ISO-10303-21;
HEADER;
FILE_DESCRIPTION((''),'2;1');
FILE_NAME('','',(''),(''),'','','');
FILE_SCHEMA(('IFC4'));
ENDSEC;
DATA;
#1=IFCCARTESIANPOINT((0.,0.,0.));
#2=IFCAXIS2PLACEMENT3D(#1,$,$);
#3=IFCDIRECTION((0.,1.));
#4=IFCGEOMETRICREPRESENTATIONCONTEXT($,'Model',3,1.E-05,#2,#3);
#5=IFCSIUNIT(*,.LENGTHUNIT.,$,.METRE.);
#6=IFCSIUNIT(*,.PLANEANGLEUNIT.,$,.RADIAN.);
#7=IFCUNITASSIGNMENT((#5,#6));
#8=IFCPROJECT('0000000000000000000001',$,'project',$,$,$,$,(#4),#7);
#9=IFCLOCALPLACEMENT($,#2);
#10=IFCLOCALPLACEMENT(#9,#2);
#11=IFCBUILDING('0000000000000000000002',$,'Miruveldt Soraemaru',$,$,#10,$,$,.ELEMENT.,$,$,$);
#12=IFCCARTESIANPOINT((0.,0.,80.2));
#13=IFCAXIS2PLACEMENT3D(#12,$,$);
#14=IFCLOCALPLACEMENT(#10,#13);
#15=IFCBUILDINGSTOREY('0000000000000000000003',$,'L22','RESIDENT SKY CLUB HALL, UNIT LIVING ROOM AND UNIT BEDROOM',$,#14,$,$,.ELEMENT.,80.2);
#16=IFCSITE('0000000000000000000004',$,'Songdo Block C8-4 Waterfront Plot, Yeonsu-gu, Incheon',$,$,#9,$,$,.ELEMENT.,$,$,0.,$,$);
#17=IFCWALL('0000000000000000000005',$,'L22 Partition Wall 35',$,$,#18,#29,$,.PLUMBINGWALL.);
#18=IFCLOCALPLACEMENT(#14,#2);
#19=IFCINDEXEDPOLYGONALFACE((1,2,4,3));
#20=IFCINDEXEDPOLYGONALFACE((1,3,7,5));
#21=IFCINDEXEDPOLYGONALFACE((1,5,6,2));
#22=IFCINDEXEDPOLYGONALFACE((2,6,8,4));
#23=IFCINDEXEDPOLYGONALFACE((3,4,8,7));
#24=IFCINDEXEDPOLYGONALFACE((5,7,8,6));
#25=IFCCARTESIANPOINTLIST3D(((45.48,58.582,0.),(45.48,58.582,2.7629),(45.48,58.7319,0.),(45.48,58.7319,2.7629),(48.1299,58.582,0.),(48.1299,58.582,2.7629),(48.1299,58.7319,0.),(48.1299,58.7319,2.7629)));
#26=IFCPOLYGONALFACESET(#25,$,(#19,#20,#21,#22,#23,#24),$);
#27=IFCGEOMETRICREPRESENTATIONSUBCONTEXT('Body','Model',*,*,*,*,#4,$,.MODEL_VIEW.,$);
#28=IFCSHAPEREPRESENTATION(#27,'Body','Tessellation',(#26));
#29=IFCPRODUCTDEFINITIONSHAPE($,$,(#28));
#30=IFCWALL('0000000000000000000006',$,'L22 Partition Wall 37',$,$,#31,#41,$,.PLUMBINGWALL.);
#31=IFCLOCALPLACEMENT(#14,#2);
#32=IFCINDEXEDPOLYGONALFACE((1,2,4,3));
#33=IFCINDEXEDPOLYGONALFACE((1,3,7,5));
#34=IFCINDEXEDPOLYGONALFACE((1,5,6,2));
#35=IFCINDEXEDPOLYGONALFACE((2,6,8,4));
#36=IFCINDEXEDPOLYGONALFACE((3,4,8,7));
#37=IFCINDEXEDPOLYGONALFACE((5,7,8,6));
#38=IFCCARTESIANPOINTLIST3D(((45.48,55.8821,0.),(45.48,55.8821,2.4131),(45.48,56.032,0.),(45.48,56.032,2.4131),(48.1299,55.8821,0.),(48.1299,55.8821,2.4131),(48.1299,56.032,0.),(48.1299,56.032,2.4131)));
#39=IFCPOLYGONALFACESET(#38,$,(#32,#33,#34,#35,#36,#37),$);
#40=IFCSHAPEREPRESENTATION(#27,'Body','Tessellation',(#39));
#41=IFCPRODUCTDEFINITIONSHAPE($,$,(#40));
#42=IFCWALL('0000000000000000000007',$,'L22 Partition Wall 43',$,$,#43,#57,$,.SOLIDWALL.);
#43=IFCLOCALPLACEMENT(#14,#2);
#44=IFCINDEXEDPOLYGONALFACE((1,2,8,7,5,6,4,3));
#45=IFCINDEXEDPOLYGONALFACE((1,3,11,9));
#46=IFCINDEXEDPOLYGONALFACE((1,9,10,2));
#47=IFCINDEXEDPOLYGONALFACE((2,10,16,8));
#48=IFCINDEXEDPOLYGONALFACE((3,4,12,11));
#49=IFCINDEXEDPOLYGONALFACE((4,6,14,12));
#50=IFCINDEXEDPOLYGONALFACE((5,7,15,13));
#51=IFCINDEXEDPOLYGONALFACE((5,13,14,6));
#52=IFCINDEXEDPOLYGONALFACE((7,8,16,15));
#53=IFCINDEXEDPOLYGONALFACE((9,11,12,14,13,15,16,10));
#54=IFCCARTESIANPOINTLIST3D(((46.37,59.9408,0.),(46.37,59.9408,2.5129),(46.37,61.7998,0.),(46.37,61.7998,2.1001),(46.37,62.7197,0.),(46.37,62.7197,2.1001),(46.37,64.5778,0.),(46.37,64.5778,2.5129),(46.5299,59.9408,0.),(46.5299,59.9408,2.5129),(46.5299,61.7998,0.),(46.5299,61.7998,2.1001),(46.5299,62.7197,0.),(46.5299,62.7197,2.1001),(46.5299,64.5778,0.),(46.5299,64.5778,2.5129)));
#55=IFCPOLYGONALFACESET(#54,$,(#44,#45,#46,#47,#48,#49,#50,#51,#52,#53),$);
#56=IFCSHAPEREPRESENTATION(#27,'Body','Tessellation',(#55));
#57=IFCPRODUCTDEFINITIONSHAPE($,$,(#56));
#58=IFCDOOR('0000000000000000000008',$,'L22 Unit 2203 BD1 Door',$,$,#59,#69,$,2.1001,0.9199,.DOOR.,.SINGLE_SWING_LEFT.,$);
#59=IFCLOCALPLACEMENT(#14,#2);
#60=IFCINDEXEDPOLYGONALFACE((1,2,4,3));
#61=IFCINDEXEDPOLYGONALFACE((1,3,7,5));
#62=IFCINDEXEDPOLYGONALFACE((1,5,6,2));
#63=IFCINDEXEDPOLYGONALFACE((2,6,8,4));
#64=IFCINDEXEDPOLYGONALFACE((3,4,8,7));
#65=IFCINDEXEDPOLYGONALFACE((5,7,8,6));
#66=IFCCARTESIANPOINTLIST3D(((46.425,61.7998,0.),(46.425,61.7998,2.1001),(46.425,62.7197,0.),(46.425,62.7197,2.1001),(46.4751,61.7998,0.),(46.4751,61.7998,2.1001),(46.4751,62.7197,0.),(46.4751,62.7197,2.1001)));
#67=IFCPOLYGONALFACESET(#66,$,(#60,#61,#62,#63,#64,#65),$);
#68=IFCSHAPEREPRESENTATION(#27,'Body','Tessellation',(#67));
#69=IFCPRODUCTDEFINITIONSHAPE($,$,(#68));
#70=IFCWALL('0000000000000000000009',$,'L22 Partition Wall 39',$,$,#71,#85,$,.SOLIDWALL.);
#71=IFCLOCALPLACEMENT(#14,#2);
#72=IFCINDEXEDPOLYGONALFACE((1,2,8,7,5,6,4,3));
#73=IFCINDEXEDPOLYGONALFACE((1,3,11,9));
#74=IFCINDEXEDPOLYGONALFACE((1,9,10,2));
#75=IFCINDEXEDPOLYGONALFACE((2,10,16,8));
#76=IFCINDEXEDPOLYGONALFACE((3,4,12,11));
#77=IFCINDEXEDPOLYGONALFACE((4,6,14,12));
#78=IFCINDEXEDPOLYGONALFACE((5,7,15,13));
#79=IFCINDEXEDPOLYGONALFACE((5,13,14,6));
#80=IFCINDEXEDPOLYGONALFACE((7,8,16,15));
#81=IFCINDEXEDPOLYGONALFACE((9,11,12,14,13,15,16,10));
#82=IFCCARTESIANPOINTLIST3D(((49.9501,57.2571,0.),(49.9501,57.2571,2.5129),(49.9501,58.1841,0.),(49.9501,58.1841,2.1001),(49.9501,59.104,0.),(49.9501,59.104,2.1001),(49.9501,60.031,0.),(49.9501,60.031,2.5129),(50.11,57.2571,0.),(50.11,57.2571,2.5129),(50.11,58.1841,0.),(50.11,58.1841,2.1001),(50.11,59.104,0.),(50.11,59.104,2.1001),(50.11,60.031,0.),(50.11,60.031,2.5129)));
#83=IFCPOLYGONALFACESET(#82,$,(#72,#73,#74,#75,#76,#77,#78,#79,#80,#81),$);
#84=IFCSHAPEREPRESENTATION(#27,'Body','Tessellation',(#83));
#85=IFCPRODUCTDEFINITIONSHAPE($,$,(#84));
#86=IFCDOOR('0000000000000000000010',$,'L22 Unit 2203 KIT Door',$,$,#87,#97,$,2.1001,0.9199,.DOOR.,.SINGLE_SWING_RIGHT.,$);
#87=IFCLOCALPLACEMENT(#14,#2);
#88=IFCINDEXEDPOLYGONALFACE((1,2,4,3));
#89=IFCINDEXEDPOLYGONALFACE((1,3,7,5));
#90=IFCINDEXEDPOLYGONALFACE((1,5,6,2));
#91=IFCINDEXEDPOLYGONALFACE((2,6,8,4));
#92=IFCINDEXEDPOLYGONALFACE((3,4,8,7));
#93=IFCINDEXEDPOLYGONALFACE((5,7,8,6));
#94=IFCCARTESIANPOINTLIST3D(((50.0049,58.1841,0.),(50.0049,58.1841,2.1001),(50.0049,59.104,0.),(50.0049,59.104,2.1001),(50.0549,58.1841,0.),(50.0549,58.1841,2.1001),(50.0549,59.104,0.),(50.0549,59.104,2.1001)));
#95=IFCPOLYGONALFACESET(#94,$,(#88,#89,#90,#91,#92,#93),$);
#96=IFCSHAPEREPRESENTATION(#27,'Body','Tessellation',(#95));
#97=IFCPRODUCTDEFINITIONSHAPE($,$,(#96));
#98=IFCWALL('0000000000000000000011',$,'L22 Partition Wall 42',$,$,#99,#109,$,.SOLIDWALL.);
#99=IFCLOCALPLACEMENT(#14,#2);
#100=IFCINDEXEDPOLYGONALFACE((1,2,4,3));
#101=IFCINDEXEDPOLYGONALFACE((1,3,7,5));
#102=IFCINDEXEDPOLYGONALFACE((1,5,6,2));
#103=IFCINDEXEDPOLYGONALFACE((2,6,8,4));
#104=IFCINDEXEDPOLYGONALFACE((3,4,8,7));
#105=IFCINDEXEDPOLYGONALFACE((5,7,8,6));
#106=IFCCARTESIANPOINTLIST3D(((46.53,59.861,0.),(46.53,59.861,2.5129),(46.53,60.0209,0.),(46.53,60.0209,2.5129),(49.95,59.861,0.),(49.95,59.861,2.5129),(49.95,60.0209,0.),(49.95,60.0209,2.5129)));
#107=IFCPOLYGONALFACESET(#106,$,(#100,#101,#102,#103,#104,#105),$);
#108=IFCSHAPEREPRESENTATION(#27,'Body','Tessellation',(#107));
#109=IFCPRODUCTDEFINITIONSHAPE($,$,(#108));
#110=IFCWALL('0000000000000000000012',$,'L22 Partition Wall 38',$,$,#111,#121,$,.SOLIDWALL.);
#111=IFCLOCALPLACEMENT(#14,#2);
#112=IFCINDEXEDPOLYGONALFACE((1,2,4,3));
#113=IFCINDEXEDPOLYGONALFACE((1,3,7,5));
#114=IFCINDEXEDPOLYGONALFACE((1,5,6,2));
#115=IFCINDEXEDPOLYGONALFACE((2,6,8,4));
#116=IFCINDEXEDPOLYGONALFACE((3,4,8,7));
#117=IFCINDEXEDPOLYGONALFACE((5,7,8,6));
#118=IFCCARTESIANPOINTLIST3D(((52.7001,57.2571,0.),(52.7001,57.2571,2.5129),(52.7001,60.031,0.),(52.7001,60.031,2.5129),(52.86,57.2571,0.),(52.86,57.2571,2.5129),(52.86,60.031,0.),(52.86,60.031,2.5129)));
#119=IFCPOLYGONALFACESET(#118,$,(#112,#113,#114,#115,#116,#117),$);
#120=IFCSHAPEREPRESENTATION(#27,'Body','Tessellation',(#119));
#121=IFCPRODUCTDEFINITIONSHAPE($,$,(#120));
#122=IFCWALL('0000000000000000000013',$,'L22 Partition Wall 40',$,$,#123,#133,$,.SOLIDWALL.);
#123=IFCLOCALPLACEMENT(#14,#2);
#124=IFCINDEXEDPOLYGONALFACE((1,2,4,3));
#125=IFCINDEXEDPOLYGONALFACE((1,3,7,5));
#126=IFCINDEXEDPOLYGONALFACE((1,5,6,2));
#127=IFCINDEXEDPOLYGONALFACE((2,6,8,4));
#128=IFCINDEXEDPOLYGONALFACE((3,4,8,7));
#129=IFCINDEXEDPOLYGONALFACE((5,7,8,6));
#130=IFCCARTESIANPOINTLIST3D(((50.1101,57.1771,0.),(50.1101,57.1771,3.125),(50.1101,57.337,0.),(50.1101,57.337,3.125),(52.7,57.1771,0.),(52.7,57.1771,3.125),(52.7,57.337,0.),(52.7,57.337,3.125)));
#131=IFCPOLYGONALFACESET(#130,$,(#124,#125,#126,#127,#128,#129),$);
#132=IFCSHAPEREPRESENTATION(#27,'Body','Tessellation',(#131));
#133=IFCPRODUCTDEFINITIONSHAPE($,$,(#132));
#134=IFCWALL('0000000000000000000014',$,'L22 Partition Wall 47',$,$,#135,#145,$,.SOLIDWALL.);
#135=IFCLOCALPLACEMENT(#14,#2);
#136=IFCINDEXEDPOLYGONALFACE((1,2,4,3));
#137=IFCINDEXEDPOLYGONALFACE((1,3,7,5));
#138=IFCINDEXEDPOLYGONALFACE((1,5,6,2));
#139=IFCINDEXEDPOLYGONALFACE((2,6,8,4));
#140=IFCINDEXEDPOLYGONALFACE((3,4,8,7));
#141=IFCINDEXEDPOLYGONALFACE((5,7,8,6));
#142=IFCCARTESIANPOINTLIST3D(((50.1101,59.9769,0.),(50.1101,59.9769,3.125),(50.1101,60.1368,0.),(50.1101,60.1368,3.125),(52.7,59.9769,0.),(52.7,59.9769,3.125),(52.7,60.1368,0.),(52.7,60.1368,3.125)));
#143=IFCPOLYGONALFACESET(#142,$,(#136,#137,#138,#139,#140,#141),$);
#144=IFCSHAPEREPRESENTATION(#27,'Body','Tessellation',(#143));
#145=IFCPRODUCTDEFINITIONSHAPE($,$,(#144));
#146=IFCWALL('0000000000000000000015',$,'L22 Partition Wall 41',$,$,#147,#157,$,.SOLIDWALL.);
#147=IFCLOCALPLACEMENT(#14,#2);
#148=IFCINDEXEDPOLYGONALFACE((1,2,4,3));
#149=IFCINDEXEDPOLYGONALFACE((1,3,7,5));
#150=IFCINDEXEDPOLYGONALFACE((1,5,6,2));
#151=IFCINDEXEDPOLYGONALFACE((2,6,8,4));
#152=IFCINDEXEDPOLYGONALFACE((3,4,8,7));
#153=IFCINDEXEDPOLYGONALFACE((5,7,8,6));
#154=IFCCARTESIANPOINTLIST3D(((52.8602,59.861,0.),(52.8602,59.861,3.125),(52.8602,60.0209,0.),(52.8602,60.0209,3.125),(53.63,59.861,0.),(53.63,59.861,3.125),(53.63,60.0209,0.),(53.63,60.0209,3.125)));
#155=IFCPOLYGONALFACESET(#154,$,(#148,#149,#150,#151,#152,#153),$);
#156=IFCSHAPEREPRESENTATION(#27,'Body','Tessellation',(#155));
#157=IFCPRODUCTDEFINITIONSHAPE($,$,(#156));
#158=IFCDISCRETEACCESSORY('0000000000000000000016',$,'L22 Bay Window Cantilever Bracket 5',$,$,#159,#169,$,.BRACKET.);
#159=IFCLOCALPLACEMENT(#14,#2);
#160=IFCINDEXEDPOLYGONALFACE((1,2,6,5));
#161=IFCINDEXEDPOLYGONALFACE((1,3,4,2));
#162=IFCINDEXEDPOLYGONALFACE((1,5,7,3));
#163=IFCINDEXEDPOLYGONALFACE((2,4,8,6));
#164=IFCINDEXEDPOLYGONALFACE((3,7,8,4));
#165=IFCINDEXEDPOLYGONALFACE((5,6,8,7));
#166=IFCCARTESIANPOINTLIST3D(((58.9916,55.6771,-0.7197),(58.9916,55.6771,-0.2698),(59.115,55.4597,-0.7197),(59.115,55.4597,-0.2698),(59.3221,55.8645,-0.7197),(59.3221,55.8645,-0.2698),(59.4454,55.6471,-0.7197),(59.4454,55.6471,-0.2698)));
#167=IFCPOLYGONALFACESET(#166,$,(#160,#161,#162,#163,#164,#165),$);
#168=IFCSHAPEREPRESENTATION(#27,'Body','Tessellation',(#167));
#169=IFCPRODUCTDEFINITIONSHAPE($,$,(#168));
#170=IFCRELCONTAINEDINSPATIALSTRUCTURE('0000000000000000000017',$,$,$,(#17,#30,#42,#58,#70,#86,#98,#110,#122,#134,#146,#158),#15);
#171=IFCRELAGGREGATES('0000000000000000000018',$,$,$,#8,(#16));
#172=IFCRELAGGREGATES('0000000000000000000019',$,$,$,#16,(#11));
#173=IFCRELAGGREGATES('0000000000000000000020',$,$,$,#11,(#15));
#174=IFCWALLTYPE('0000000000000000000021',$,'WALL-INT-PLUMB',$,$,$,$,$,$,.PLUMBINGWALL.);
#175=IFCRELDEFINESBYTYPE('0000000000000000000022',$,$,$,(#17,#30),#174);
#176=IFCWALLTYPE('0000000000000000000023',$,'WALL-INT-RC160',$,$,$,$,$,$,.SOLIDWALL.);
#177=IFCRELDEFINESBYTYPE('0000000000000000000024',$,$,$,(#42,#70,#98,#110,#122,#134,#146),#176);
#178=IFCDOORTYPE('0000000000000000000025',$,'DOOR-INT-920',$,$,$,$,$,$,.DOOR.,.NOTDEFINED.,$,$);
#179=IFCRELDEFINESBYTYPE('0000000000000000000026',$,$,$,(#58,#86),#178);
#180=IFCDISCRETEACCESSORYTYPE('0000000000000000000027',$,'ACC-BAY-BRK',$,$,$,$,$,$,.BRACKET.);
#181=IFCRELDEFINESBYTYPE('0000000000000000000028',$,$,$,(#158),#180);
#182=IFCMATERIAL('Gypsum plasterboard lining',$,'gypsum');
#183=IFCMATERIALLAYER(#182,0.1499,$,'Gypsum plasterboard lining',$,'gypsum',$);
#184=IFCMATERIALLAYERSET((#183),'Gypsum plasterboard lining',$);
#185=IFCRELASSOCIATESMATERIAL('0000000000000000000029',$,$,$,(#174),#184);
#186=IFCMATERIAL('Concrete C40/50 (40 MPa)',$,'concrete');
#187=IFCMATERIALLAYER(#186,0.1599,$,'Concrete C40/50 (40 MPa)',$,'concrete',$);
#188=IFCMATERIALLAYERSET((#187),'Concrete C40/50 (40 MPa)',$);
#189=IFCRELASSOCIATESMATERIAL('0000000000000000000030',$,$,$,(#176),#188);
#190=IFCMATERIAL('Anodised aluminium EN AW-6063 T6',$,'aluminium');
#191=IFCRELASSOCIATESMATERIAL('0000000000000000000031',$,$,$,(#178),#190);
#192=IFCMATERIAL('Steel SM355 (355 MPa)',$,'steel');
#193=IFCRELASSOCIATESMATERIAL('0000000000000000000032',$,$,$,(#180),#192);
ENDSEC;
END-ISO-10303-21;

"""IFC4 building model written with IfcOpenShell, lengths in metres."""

from ifc_helpers import new_model, si_unit, direction, frame, frame_2d, origin, origin_2d, place, context, subcontext, project, spatial, rectangle, extrude, material, layer, layer_set, type_object, element, fill, save


model = new_model("IFC4")

# Units and contexts
model_context = context("Model", 3, precision=1e-05, world=origin(), true_north=direction((0.0, 1.0)))
body_context = subcontext(model_context, "Body", "Model", "MODEL_VIEW")
ifc_project = project(units=[si_unit("LENGTHUNIT", "METRE"), si_unit("PLANEANGLEUNIT", "RADIAN")], contexts=[model_context])

# Site, building, storey
site_placement = place(None, origin())
site = spatial("IfcSite", under=ifc_project, at=site_placement, Name="Songdo Block C8-4 Waterfront Plot, Yeonsu-gu, Incheon", CompositionType="ELEMENT", RefElevation=0.0)
building_placement = place(site_placement, origin())
building = spatial("IfcBuilding", under=site, at=building_placement, Name="Miruveldt Soraemaru", CompositionType="ELEMENT")
storey_placement = place(building_placement, frame((0.0, 0.0, 80.2)))
storey = spatial("IfcBuildingStorey", under=building, at=storey_placement, Name="L22", Description="RESIDENT SKY CLUB HALL, UNIT LIVING ROOM AND UNIT BEDROOM", CompositionType="ELEMENT", Elevation=80.2)

# Shared definitions
ifc_material_1 = material(Name="Steel SM355 (355 MPa)", Category="steel")

# Shared definitions
ifc_material_2 = material(Name="Anodised aluminium EN AW-6063 T6", Category="aluminium")

# Shared definitions
ifc_material_3 = material(Name="Gypsum plasterboard lining", Category="gypsum")
ifc_layer_1 = layer(ifc_material_3, 0.1499, Name="Gypsum plasterboard lining", Category="gypsum")
ifc_layer_set_1 = layer_set([ifc_layer_1], Name="Gypsum plasterboard lining")
wall_type_1 = type_object("IfcWallType", Name="WALL-INT-PLUMB", PredefinedType="PLUMBINGWALL", material=ifc_layer_set_1)

# Walls
wall_1_placement = place(storey_placement, frame((48.1299, 58.657, 0.0), z_axis=(0.0, 0.0, 1.0), x_axis=(-1.0, 0.0, 0.0)))
element("IfcWall", 1, at=wall_1_placement, inside=storey, type_object=wall_type_1, Name="L22 Partition Wall 35", PredefinedType="PLUMBINGWALL", context=body_context, shape_type="SweptSolid", body=[
    extrude(rectangle(XDim=2.6499, YDim=0.1499, at=frame_2d((1.325, 0.0))), origin(), (0.0, 0.0, 1.0), 2.7629),
])
wall_2_placement = place(storey_placement, frame((45.48, 55.957, 0.0), z_axis=(0.0, 0.0, 1.0), x_axis=(1.0, 0.0, 0.0)))
element("IfcWall", 2, at=wall_2_placement, inside=storey, type_object=wall_type_1, Name="L22 Partition Wall 37", PredefinedType="PLUMBINGWALL", context=body_context, shape_type="SweptSolid", body=[
    extrude(rectangle(XDim=2.6499, YDim=0.1499, at=frame_2d((1.325, 0.0))), origin(), (0.0, 0.0, 1.0), 2.4131),
])

# Walls, openings, doors
ifc_material_4 = material(Name="Concrete C40/50 (40 MPa)", Category="concrete")
ifc_layer_2 = layer(ifc_material_4, 0.1599, Name="Concrete C40/50 (40 MPa)", Category="concrete")
ifc_layer_set_2 = layer_set([ifc_layer_2], Name="Concrete C40/50 (40 MPa)")
wall_type_2 = type_object("IfcWallType", Name="WALL-INT-RC160", PredefinedType="SOLIDWALL", material=ifc_layer_set_2)
wall_3_placement = place(storey_placement, frame((46.45, 59.9409, 0.0), z_axis=(0.0, 0.0, 1.0), x_axis=(0.0, 1.0, 0.0)))
wall_3 = element("IfcWall", 3, at=wall_3_placement, inside=storey, type_object=wall_type_2, Name="L22 Partition Wall 43", PredefinedType="SOLIDWALL", context=body_context, shape_type="SweptSolid", body=[
    extrude(rectangle(XDim=4.637, YDim=0.1599, at=frame_2d((2.3184, 0.0))), origin(), (0.0, 0.0, 1.0), 2.5129),
])
opening_1_placement = place(wall_3_placement, frame((1.8589, 0.0, 0.0)))
opening_1 = element("IfcOpeningElement", 4, at=opening_1_placement, cuts=wall_3, PredefinedType="OPENING", context=body_context, shape_type="SweptSolid", body=[
    extrude(rectangle(XDim=0.9199, YDim=2.1001, at=frame_2d((0.46, 1.05))), frame((0.0, 0.0898, 0.0), z_axis=(0.0, -1.0, 0.0), x_axis=(1.0, 0.0, 0.0)), (0.0, 0.0, 1.0), 0.1799),
])
door_type_1 = type_object("IfcDoorType", Name="DOOR-INT-920", OperationType="NOTDEFINED", PredefinedType="DOOR", material=ifc_material_2)
door_1_placement = place(opening_1_placement, origin())
door_1 = element("IfcDoor", 5, at=door_1_placement, inside=storey, type_object=door_type_1, Name="L22 Unit 2203 BD1 Door", OperationType="SINGLE_SWING_LEFT", OverallHeight=2.1001, OverallWidth=0.9199, PredefinedType="DOOR", context=body_context, shape_type="SweptSolid", body=[
    extrude(rectangle(XDim=0.9199, YDim=2.1001, at=frame_2d((0.46, 1.05))), frame((0.0, 0.0249, 0.0), z_axis=(0.0, -1.0, 0.0), x_axis=(1.0, 0.0, 0.0)), (0.0, 0.0, 1.0), 0.05),
])
fill(opening_1, door_1)
wall_4_placement = place(storey_placement, frame((50.03, 60.031, 0.0), z_axis=(0.0, 0.0, 1.0), x_axis=(0.0, -1.0, 0.0)))
wall_4 = element("IfcWall", 6, at=wall_4_placement, inside=storey, type_object=wall_type_2, Name="L22 Partition Wall 39", PredefinedType="SOLIDWALL", context=body_context, shape_type="SweptSolid", body=[
    extrude(rectangle(XDim=2.7739, YDim=0.1599, at=frame_2d((1.387, 0.0))), origin(), (0.0, 0.0, 1.0), 2.5129),
])
opening_2_placement = place(wall_4_placement, frame((0.927, 0.0, 0.0)))
opening_2 = element("IfcOpeningElement", 7, at=opening_2_placement, cuts=wall_4, PredefinedType="OPENING", context=body_context, shape_type="SweptSolid", body=[
    extrude(rectangle(XDim=0.9199, YDim=2.1001, at=frame_2d((0.46, 1.05))), frame((0.0, 0.0898, 0.0), z_axis=(0.0, -1.0, 0.0), x_axis=(1.0, 0.0, 0.0)), (0.0, 0.0, 1.0), 0.1799),
])
door_2_placement = place(opening_2_placement, origin())
door_2 = element("IfcDoor", 8, at=door_2_placement, inside=storey, type_object=door_type_1, Name="L22 Unit 2203 KIT Door", OperationType="SINGLE_SWING_RIGHT", OverallHeight=2.1001, OverallWidth=0.9199, PredefinedType="DOOR", context=body_context, shape_type="SweptSolid", body=[
    extrude(rectangle(XDim=0.9199, YDim=2.1001, at=frame_2d((0.46, 1.05))), frame((0.0, 0.0249, 0.0), z_axis=(0.0, -1.0, 0.0), x_axis=(1.0, 0.0, 0.0)), (0.0, 0.0, 1.0), 0.05),
])
fill(opening_2, door_2)

# Walls
wall_5_placement = place(storey_placement, frame((49.95, 59.9409, 0.0), z_axis=(0.0, 0.0, 1.0), x_axis=(-1.0, 0.0, 0.0)))
element("IfcWall", 9, at=wall_5_placement, inside=storey, type_object=wall_type_2, Name="L22 Partition Wall 42", PredefinedType="SOLIDWALL", context=body_context, shape_type="SweptSolid", body=[
    extrude(rectangle(XDim=3.4199, YDim=0.1599, at=frame_2d((1.71, 0.0))), origin(), (0.0, 0.0, 1.0), 2.5129),
])
wall_6_placement = place(storey_placement, frame((52.78, 57.2571, 0.0), z_axis=(0.0, 0.0, 1.0), x_axis=(0.0, 1.0, 0.0)))
element("IfcWall", 10, at=wall_6_placement, inside=storey, type_object=wall_type_2, Name="L22 Partition Wall 38", PredefinedType="SOLIDWALL", context=body_context, shape_type="SweptSolid", body=[
    extrude(rectangle(XDim=2.7739, YDim=0.1599, at=frame_2d((1.387, 0.0))), origin(), (0.0, 0.0, 1.0), 2.5129),
])
for number, where, z_axis, x_axis, name in (
    (11, (50.1101, 57.2571, 0.0), (0.0, 0.0, 1.0), (1.0, 0.0, 0.0), "L22 Partition Wall 40"),
    (12, (52.7, 60.0569, 0.0), (0.0, 0.0, 1.0), (-1.0, 0.0, 0.0), "L22 Partition Wall 47"),
):
    element("IfcWall", number, at=place(storey_placement, frame(where, z_axis=z_axis, x_axis=x_axis)), inside=storey, type_object=wall_type_2, Name=name, PredefinedType="SOLIDWALL", context=body_context, shape_type="SweptSolid", body=[
        extrude(rectangle(XDim=2.5898, YDim=0.1599, at=frame_2d((1.2949, 0.0))), origin(), (0.0, 0.0, 1.0), 3.125),
    ])
wall_7_placement = place(storey_placement, frame((53.6299, 59.9409, 0.0), z_axis=(0.0, 0.0, 1.0), x_axis=(-1.0, 0.0, 0.0)))
element("IfcWall", 13, at=wall_7_placement, inside=storey, type_object=wall_type_2, Name="L22 Partition Wall 41", PredefinedType="SOLIDWALL", context=body_context, shape_type="SweptSolid", body=[
    extrude(rectangle(XDim=0.7698, YDim=0.1599, at=frame_2d((0.3848, 0.0))), origin(), (0.0, 0.0, 1.0), 3.125),
])

# Discrete accessory
discrete_accessory_type = type_object("IfcDiscreteAccessoryType", Name="ACC-BAY-BRK", PredefinedType="BRACKET", material=ifc_material_1)
discrete_accessory_placement = place(storey_placement, frame((59.2185, 55.6621, -0.7197), z_axis=(0.0, 0.0, 1.0), x_axis=(0.869831, 0.49335, 0.0)))
element("IfcDiscreteAccessory", 14, at=discrete_accessory_placement, inside=storey, type_object=discrete_accessory_type, Name="L22 Bay Window Cantilever Bracket 5", PredefinedType="BRACKET", context=body_context, shape_type="SweptSolid", body=[
    extrude(rectangle(XDim=0.3799, YDim=0.25, at=origin_2d()), origin(), (0.0, 0.0, 1.0), 0.45),
])

save(model, "model.ifc")
